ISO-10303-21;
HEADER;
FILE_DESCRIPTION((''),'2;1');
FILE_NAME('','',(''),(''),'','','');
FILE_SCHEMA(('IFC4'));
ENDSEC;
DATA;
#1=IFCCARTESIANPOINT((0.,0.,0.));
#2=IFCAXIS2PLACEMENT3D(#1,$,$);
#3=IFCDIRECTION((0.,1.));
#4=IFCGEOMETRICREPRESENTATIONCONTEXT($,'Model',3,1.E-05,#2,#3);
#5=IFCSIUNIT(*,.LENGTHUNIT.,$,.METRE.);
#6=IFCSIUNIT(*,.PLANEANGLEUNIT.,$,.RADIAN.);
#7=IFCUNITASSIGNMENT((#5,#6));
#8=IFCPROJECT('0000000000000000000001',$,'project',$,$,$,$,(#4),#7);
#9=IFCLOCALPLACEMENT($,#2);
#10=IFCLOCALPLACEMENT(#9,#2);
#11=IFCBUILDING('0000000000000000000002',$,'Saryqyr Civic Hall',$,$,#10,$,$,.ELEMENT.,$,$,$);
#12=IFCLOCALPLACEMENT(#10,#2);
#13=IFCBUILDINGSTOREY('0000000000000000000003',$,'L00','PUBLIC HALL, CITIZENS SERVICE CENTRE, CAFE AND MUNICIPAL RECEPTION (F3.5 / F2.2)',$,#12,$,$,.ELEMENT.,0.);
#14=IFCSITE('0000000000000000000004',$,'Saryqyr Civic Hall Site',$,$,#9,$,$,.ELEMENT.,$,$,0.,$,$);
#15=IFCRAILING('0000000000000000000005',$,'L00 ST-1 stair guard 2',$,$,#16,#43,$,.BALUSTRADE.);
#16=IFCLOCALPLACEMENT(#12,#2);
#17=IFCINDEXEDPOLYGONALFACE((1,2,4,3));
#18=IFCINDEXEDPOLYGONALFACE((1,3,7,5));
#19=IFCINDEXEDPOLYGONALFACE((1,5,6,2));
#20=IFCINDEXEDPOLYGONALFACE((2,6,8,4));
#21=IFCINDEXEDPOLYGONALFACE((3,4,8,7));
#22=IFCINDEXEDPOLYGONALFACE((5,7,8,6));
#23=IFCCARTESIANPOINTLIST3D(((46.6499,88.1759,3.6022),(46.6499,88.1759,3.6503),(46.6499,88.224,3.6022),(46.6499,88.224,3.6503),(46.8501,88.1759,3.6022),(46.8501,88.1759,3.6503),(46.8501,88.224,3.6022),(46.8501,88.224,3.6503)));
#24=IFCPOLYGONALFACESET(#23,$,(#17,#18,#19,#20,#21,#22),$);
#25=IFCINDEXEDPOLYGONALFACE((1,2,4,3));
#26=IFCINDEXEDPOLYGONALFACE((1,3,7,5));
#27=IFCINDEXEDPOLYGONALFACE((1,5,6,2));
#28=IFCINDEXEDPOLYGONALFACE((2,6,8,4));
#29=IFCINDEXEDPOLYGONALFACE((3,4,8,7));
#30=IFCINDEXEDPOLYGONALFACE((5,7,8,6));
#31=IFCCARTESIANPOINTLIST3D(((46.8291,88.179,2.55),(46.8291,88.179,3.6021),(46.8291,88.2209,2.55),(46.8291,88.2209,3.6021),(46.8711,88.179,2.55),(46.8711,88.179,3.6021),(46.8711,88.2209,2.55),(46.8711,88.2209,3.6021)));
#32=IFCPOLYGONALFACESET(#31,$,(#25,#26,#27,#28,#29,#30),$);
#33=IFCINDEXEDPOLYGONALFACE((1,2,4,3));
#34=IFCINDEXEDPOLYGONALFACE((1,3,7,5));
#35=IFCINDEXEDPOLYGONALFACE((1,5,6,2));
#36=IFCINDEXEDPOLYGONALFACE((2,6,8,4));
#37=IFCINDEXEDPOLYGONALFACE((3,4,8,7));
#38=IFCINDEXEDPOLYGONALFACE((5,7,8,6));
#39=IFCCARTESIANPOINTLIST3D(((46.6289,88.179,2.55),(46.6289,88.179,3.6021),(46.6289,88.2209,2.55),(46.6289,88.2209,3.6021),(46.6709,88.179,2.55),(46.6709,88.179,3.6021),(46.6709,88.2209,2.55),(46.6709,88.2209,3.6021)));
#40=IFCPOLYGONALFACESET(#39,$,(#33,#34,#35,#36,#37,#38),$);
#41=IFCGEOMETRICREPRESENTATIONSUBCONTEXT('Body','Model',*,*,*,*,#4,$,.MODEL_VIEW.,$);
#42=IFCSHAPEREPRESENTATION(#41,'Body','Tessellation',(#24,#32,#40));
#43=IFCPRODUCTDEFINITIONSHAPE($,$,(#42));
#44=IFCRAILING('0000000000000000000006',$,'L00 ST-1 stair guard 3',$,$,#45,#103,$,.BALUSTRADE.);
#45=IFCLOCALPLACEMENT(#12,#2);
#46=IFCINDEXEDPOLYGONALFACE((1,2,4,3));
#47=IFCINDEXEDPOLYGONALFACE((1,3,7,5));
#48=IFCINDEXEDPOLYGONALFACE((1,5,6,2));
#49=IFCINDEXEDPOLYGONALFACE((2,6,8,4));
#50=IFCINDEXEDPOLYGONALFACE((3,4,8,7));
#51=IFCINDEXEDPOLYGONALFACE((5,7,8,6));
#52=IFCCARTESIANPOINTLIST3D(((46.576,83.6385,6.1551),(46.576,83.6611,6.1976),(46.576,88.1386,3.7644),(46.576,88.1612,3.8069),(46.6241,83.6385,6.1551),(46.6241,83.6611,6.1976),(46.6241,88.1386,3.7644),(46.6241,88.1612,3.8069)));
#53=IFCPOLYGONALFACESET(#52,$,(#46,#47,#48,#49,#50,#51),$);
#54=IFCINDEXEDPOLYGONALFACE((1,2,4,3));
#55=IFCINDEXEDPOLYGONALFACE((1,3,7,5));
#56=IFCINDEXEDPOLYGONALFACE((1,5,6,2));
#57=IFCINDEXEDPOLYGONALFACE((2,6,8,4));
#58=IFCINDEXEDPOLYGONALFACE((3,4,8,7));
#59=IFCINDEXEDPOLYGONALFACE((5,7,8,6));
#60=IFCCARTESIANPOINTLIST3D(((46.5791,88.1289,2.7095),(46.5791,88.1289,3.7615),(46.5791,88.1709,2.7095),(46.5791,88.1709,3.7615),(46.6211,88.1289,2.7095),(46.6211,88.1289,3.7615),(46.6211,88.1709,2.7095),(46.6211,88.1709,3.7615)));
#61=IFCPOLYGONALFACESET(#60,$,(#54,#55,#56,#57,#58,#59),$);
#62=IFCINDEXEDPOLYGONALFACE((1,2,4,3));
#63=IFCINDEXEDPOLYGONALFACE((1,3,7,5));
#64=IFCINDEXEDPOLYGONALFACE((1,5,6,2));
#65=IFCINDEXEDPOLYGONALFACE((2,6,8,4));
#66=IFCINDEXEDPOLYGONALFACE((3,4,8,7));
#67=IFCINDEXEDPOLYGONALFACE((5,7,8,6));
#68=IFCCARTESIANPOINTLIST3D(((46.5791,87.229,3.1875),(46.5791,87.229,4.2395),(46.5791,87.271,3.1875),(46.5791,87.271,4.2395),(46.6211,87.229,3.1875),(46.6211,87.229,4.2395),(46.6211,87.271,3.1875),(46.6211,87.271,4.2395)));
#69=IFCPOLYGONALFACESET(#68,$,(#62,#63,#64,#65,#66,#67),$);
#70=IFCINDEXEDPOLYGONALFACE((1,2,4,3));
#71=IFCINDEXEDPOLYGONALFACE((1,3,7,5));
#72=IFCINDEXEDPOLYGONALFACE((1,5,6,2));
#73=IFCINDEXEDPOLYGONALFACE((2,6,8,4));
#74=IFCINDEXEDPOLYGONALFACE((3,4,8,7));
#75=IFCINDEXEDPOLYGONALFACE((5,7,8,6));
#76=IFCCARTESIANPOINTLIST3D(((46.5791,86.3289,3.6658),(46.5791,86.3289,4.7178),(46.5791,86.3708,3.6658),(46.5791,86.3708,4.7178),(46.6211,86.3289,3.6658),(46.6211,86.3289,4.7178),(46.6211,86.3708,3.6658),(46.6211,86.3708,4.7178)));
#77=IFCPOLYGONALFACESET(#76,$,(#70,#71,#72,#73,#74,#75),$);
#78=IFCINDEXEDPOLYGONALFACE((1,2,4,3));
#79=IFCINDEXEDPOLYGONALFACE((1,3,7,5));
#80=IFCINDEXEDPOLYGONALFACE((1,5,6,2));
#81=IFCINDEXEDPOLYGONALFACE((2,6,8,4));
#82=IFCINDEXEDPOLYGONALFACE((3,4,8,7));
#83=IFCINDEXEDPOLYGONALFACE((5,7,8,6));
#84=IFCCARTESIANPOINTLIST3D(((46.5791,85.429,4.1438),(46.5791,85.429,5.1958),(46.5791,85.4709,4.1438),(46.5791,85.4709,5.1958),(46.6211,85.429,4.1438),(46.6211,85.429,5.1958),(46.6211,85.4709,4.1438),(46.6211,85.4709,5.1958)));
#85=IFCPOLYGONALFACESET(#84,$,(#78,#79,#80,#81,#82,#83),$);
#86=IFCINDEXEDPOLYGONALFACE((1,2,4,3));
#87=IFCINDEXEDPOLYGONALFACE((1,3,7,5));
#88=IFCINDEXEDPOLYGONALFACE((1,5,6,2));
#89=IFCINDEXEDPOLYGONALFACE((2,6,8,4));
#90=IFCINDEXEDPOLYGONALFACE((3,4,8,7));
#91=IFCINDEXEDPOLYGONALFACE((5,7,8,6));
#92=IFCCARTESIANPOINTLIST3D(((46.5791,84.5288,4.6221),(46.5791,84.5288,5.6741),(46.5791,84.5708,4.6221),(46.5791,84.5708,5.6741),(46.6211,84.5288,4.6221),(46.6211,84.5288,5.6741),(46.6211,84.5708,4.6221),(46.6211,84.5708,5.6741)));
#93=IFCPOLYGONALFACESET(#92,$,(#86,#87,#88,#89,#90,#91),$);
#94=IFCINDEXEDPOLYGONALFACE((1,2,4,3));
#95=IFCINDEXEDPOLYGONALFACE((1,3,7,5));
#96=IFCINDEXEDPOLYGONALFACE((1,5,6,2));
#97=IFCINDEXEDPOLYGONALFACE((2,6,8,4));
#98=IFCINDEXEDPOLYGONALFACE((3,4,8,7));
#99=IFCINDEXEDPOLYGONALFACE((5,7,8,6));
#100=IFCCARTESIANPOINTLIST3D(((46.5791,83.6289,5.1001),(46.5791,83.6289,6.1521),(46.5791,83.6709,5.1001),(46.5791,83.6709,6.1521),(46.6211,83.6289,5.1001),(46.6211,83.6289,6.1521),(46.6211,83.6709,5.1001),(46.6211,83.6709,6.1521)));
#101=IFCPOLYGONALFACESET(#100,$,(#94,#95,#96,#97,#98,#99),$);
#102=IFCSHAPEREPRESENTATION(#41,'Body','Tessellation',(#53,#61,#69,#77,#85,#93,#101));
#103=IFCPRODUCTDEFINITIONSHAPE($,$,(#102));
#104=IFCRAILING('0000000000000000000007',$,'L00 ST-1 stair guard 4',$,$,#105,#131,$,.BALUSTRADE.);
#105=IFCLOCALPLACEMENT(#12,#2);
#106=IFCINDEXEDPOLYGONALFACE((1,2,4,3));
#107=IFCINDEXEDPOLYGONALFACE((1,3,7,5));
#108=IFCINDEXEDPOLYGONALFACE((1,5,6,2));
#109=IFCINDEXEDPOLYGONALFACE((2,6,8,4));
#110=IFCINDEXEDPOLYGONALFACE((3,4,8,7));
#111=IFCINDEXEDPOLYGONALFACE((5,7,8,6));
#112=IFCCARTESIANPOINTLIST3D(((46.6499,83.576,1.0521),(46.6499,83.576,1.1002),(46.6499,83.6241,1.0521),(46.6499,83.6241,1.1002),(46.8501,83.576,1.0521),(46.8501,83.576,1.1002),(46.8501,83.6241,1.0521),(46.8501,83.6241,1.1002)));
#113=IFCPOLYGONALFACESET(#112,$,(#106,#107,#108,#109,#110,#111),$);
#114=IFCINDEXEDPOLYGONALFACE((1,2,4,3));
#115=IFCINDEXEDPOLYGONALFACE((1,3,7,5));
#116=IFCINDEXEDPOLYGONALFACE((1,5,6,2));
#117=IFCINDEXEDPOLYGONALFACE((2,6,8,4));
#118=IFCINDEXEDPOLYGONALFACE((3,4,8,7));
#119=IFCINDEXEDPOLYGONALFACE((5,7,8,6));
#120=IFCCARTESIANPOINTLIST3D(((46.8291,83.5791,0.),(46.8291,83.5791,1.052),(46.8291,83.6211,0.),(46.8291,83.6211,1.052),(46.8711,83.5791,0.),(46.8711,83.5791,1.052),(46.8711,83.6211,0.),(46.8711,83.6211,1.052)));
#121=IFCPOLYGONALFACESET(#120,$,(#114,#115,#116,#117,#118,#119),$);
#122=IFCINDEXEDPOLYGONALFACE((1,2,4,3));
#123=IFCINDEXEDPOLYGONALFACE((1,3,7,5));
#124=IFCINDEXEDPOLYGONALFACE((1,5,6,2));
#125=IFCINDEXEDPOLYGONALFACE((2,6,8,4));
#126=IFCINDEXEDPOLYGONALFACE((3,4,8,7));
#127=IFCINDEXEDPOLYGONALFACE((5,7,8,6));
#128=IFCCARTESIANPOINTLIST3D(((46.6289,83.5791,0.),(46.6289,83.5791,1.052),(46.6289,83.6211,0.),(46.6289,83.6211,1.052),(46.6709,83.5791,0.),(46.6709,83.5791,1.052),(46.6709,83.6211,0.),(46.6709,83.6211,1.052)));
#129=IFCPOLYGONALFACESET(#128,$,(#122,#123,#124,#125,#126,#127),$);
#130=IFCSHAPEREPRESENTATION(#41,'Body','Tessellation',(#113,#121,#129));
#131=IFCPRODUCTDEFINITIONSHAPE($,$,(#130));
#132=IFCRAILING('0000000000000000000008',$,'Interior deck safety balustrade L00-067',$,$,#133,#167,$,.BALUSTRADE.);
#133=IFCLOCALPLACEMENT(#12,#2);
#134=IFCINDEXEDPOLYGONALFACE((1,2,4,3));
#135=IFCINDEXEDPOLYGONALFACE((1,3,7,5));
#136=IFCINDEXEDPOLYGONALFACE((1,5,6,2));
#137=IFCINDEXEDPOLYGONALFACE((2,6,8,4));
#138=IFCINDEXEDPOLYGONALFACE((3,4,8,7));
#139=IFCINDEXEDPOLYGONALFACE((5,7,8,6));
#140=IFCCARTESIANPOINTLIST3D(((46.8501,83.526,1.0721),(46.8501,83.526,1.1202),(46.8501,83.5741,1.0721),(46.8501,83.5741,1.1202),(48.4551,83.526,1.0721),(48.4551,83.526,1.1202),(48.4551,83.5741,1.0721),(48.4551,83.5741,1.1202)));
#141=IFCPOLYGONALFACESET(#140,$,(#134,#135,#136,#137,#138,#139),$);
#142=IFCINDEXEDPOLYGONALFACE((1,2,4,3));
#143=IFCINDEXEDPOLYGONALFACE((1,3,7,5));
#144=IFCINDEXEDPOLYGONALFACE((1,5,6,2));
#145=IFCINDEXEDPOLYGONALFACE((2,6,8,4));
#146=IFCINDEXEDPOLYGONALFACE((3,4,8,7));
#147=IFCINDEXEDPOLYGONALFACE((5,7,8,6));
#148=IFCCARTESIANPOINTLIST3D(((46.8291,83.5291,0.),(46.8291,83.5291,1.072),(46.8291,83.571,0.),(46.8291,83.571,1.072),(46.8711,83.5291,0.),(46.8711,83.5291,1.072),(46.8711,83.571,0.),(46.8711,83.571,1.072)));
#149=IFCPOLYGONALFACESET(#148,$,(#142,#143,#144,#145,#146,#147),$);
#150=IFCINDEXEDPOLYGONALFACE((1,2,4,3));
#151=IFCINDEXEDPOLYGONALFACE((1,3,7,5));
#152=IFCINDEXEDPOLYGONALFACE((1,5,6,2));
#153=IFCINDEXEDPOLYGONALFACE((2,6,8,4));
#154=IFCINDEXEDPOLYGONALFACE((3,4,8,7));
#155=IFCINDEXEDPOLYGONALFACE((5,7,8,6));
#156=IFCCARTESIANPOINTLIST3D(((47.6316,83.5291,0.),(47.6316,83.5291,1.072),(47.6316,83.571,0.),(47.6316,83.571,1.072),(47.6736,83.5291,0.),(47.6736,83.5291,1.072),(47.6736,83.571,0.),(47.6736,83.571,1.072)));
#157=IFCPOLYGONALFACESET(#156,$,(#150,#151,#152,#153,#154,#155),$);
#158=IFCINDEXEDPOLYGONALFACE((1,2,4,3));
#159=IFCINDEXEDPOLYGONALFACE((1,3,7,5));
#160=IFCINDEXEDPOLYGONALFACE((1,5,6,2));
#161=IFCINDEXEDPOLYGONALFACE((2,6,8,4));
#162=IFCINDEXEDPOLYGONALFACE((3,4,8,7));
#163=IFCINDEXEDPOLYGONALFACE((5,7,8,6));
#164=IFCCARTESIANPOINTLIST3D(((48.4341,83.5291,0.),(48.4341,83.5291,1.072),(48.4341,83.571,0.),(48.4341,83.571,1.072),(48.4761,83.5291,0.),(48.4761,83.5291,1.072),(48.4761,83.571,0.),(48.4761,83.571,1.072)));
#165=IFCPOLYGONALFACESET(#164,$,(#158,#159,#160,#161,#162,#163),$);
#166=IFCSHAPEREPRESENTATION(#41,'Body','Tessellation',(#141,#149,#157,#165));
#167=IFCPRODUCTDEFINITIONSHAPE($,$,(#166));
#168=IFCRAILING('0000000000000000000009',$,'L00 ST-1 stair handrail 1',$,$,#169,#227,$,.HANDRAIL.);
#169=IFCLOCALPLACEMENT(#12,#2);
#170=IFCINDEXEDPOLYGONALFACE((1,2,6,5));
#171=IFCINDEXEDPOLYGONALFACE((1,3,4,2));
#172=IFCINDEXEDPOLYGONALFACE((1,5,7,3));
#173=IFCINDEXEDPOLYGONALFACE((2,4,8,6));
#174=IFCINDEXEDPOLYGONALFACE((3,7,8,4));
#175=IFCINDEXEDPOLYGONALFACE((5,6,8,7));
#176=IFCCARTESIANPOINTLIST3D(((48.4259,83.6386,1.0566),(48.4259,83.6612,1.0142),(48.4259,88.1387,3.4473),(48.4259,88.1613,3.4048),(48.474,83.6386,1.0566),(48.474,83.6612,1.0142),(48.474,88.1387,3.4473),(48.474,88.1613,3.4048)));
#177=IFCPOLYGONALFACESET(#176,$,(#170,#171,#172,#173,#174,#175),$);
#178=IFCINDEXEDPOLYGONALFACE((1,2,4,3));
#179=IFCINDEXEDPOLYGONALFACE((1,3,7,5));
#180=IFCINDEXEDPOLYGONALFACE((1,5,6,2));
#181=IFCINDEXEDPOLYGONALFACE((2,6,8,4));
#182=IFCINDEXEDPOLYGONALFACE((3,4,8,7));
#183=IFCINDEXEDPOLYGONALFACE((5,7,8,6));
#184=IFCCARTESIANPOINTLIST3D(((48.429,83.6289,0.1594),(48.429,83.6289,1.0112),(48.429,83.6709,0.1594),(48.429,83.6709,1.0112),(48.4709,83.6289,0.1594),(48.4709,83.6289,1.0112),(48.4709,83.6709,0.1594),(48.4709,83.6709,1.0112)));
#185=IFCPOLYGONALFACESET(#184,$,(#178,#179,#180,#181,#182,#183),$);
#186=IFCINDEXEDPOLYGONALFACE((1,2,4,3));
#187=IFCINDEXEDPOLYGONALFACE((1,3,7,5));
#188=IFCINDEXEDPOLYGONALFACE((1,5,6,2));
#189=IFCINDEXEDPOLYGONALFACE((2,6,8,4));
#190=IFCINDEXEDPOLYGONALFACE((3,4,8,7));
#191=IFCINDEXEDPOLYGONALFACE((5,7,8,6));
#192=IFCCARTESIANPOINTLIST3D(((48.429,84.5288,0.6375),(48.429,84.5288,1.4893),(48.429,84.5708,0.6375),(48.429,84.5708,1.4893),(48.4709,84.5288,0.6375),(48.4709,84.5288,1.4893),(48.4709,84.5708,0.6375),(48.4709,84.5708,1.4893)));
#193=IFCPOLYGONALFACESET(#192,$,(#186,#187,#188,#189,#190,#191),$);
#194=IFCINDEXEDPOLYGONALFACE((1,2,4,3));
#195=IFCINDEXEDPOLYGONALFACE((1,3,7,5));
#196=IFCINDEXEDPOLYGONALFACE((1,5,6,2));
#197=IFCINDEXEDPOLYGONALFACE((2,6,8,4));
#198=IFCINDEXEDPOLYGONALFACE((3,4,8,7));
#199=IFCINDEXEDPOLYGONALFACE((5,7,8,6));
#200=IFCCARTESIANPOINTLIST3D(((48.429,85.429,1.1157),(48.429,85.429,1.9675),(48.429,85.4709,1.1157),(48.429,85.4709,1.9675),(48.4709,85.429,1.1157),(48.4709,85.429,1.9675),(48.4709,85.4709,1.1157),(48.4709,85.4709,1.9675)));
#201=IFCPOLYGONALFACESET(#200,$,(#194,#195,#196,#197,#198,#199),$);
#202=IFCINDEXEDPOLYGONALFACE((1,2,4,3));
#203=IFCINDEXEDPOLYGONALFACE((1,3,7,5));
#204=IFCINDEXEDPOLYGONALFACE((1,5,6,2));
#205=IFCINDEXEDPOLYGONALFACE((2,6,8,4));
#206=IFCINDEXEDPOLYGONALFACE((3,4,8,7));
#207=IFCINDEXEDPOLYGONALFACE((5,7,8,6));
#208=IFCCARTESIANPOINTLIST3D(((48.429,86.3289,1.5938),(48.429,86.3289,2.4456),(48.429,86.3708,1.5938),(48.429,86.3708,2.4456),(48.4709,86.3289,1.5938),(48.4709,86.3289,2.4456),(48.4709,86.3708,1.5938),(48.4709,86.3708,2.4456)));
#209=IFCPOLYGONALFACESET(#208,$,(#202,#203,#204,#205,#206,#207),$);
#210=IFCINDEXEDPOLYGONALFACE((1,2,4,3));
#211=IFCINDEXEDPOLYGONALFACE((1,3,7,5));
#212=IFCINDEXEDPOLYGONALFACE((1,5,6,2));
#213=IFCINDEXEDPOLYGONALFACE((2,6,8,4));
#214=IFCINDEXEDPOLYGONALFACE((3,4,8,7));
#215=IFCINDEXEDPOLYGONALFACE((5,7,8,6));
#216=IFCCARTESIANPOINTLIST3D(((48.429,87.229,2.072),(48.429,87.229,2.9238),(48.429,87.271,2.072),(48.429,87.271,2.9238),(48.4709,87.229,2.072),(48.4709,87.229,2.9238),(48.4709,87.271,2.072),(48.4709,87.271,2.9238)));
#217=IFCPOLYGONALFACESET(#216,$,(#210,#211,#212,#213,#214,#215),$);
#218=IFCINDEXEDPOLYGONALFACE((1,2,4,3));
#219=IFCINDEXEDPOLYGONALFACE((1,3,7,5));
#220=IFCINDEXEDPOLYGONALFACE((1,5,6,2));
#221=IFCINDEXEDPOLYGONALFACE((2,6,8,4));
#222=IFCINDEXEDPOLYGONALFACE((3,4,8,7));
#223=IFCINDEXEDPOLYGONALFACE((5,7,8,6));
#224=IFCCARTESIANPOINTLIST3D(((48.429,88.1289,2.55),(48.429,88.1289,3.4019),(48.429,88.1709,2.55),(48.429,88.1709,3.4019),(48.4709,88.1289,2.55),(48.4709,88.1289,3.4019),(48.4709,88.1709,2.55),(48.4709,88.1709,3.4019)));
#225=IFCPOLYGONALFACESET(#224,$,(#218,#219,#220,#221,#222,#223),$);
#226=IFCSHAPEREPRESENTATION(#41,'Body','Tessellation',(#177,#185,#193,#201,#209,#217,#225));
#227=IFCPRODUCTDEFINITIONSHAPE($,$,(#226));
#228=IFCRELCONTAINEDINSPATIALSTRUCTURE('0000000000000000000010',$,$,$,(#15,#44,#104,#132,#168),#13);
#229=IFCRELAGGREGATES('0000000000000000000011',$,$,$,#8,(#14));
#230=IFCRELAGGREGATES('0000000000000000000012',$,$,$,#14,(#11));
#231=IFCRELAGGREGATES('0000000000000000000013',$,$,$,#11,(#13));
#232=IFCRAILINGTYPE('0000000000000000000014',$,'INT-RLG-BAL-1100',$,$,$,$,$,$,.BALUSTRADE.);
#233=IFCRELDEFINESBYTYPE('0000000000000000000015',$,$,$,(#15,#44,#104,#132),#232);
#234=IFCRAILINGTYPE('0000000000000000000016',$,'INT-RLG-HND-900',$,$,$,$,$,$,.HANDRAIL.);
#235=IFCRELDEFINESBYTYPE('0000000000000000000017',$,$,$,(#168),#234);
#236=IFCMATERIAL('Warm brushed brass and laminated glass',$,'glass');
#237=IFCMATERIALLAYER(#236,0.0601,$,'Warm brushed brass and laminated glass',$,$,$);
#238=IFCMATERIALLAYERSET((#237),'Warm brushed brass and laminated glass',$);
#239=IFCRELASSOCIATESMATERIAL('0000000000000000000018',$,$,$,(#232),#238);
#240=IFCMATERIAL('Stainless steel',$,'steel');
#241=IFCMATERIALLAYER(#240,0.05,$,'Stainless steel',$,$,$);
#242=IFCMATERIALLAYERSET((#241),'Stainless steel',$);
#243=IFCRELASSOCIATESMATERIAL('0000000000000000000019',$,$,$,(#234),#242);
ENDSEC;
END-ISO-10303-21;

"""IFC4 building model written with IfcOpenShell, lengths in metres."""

from ifc_helpers import new_model, si_unit, direction, frame, origin, origin_2d, place, context, subcontext, project, spatial, rectangle, extrude, material, layer, layer_set, type_object, element, save


model = new_model("IFC4")

# Units and contexts
model_context = context("Model", 3, precision=1e-05, world=origin(), true_north=direction((0.0, 1.0)))
body_context = subcontext(model_context, "Body", "Model", "MODEL_VIEW")
ifc_project = project(units=[si_unit("LENGTHUNIT", "METRE"), si_unit("PLANEANGLEUNIT", "RADIAN")], contexts=[model_context])

# Site, building, storey
site_placement = place(None, origin())
site = spatial("IfcSite", under=ifc_project, at=site_placement, Name="Saryqyr Civic Hall Site", CompositionType="ELEMENT", RefElevation=0.0)
building_placement = place(site_placement, origin())
building = spatial("IfcBuilding", under=site, at=building_placement, Name="Saryqyr Civic Hall", CompositionType="ELEMENT")
storey_placement = place(building_placement, origin())
storey = spatial("IfcBuildingStorey", under=building, at=storey_placement, Name="L00", Description="PUBLIC HALL, CITIZENS SERVICE CENTRE, CAFE AND MUNICIPAL RECEPTION (F3.5 / F2.2)", CompositionType="ELEMENT", Elevation=0.0)

# Railings
ifc_material_1 = material(Name="Warm brushed brass and laminated glass", Category="glass")
ifc_layer_1 = layer(ifc_material_1, 0.0601, Name="Warm brushed brass and laminated glass")
ifc_layer_set_1 = layer_set([ifc_layer_1], Name="Warm brushed brass and laminated glass")
railing_type_1 = type_object("IfcRailingType", Name="INT-RLG-BAL-1100", PredefinedType="BALUSTRADE", material=ifc_layer_set_1)
railing_1_placement = place(storey_placement, frame((46.8501, 88.2, 2.55)))
element("IfcRailing", 1, at=railing_1_placement, inside=storey, type_object=railing_type_1, Name="L00 ST-1 stair guard 2", PredefinedType="BALUSTRADE", context=body_context, shape_type="SweptSolid", body=[
    extrude(rectangle(XDim=0.0481, YDim=0.0481, at=origin_2d()), frame((0.0, 0.0, 1.0762), z_axis=(-1.0, 0.0, 0.0), x_axis=(0.0, -1.0, 0.0)), (0.0, 0.0, 1.0), 0.2002),
    extrude(rectangle(XDim=0.042, YDim=0.042, at=origin_2d()), origin(), (0.0, 0.0, 1.0), 1.052),
    extrude(rectangle(XDim=0.042, YDim=0.042, at=origin_2d()), frame((-0.2002, 0.0, 0.0)), (0.0, 0.0, 1.0), 1.052),
])
railing_2_placement = place(storey_placement, frame((46.6001, 88.1499, 2.7095)))
element("IfcRailing", 2, at=railing_2_placement, inside=storey, type_object=railing_type_1, Name="L00 ST-1 stair guard 3", PredefinedType="BALUSTRADE", context=body_context, shape_type="SweptSolid", body=[
    extrude(rectangle(XDim=0.0481, YDim=0.0481, at=origin_2d()), frame((0.0, 0.0, 1.0762), z_axis=(0.0, -0.883116, 0.469155), x_axis=(1.0, 0.0, 0.0)), (0.0, 0.0, 1.0), 5.0957),
    extrude(rectangle(XDim=0.042, YDim=0.042, at=origin_2d()), origin(), (0.0, 0.0, 1.0), 1.052),
    extrude(rectangle(XDim=0.042, YDim=0.042, at=origin_2d()), frame((0.0, -0.8999, 0.478)), (0.0, 0.0, 1.0), 1.052),
    extrude(rectangle(XDim=0.042, YDim=0.042, at=origin_2d()), frame((0.0, -1.8, 0.9563)), (0.0, 0.0, 1.0), 1.052),
    extrude(rectangle(XDim=0.042, YDim=0.042, at=origin_2d()), frame((0.0, -2.7, 1.4343)), (0.0, 0.0, 1.0), 1.052),
    extrude(rectangle(XDim=0.042, YDim=0.042, at=origin_2d()), frame((0.0, -3.6001, 1.9126)), (0.0, 0.0, 1.0), 1.052),
    extrude(rectangle(XDim=0.042, YDim=0.042, at=origin_2d()), frame((0.0, -4.5, 2.3906)), (0.0, 0.0, 1.0), 1.052),
])
railing_3_placement = place(storey_placement, frame((46.8501, 83.6001, 0.0)))
element("IfcRailing", 3, at=railing_3_placement, inside=storey, type_object=railing_type_1, Name="L00 ST-1 stair guard 4", PredefinedType="BALUSTRADE", context=body_context, shape_type="SweptSolid", body=[
    extrude(rectangle(XDim=0.0481, YDim=0.0481, at=origin_2d()), frame((0.0, 0.0, 1.0762), z_axis=(-1.0, 0.0, 0.0), x_axis=(0.0, -1.0, 0.0)), (0.0, 0.0, 1.0), 0.2002),
    extrude(rectangle(XDim=0.042, YDim=0.042, at=origin_2d()), origin(), (0.0, 0.0, 1.0), 1.052),
    extrude(rectangle(XDim=0.042, YDim=0.042, at=origin_2d()), frame((-0.2002, 0.0, 0.0)), (0.0, 0.0, 1.0), 1.052),
])
railing_4_placement = place(storey_placement, frame((46.8501, 83.55, 0.0)))
element("IfcRailing", 4, at=railing_4_placement, inside=storey, type_object=railing_type_1, Name="Interior deck safety balustrade L00-067", PredefinedType="BALUSTRADE", context=body_context, shape_type="SweptSolid", body=[
    extrude(rectangle(XDim=0.0481, YDim=0.0481, at=origin_2d()), frame((0.0, 0.0, 1.0962), z_axis=(1.0, 0.0, 0.0), x_axis=(0.0, 1.0, 0.0)), (0.0, 0.0, 1.0), 1.605),
    extrude(rectangle(XDim=0.042, YDim=0.042, at=origin_2d()), origin(), (0.0, 0.0, 1.0), 1.072),
    extrude(rectangle(XDim=0.042, YDim=0.042, at=origin_2d()), frame((0.8025, 0.0, 0.0)), (0.0, 0.0, 1.0), 1.072),
    extrude(rectangle(XDim=0.042, YDim=0.042, at=origin_2d()), frame((1.605, 0.0, 0.0)), (0.0, 0.0, 1.0), 1.072),
])
ifc_material_2 = material(Name="Stainless steel", Category="steel")
ifc_layer_2 = layer(ifc_material_2, 0.05, Name="Stainless steel")
ifc_layer_set_2 = layer_set([ifc_layer_2], Name="Stainless steel")
railing_type_2 = type_object("IfcRailingType", Name="INT-RLG-HND-900", PredefinedType="HANDRAIL", material=ifc_layer_set_2)
railing_5_placement = place(storey_placement, frame((48.45, 83.6499, 0.1594)))
element("IfcRailing", 5, at=railing_5_placement, inside=storey, type_object=railing_type_2, Name="L00 ST-1 stair handrail 1", PredefinedType="HANDRAIL", context=body_context, shape_type="SweptSolid", body=[
    extrude(rectangle(XDim=0.0481, YDim=0.0481, at=origin_2d()), frame((0.0, 0.0, 0.876), z_axis=(0.0, 0.883116, 0.469155), x_axis=(-1.0, 0.0, 0.0)), (0.0, 0.0, 1.0), 5.0957),
    extrude(rectangle(XDim=0.042, YDim=0.042, at=origin_2d()), origin(), (0.0, 0.0, 1.0), 0.8518),
    extrude(rectangle(XDim=0.042, YDim=0.042, at=origin_2d()), frame((0.0, 0.8999, 0.478)), (0.0, 0.0, 1.0), 0.8518),
    extrude(rectangle(XDim=0.042, YDim=0.042, at=origin_2d()), frame((0.0, 1.8, 0.9563)), (0.0, 0.0, 1.0), 0.8518),
    extrude(rectangle(XDim=0.042, YDim=0.042, at=origin_2d()), frame((0.0, 2.7, 1.4343)), (0.0, 0.0, 1.0), 0.8518),
    extrude(rectangle(XDim=0.042, YDim=0.042, at=origin_2d()), frame((0.0, 3.6001, 1.9126)), (0.0, 0.0, 1.0), 0.8518),
    extrude(rectangle(XDim=0.042, YDim=0.042, at=origin_2d()), frame((0.0, 4.5, 2.3906)), (0.0, 0.0, 1.0), 0.8518),
])

save(model, "model.ifc")
